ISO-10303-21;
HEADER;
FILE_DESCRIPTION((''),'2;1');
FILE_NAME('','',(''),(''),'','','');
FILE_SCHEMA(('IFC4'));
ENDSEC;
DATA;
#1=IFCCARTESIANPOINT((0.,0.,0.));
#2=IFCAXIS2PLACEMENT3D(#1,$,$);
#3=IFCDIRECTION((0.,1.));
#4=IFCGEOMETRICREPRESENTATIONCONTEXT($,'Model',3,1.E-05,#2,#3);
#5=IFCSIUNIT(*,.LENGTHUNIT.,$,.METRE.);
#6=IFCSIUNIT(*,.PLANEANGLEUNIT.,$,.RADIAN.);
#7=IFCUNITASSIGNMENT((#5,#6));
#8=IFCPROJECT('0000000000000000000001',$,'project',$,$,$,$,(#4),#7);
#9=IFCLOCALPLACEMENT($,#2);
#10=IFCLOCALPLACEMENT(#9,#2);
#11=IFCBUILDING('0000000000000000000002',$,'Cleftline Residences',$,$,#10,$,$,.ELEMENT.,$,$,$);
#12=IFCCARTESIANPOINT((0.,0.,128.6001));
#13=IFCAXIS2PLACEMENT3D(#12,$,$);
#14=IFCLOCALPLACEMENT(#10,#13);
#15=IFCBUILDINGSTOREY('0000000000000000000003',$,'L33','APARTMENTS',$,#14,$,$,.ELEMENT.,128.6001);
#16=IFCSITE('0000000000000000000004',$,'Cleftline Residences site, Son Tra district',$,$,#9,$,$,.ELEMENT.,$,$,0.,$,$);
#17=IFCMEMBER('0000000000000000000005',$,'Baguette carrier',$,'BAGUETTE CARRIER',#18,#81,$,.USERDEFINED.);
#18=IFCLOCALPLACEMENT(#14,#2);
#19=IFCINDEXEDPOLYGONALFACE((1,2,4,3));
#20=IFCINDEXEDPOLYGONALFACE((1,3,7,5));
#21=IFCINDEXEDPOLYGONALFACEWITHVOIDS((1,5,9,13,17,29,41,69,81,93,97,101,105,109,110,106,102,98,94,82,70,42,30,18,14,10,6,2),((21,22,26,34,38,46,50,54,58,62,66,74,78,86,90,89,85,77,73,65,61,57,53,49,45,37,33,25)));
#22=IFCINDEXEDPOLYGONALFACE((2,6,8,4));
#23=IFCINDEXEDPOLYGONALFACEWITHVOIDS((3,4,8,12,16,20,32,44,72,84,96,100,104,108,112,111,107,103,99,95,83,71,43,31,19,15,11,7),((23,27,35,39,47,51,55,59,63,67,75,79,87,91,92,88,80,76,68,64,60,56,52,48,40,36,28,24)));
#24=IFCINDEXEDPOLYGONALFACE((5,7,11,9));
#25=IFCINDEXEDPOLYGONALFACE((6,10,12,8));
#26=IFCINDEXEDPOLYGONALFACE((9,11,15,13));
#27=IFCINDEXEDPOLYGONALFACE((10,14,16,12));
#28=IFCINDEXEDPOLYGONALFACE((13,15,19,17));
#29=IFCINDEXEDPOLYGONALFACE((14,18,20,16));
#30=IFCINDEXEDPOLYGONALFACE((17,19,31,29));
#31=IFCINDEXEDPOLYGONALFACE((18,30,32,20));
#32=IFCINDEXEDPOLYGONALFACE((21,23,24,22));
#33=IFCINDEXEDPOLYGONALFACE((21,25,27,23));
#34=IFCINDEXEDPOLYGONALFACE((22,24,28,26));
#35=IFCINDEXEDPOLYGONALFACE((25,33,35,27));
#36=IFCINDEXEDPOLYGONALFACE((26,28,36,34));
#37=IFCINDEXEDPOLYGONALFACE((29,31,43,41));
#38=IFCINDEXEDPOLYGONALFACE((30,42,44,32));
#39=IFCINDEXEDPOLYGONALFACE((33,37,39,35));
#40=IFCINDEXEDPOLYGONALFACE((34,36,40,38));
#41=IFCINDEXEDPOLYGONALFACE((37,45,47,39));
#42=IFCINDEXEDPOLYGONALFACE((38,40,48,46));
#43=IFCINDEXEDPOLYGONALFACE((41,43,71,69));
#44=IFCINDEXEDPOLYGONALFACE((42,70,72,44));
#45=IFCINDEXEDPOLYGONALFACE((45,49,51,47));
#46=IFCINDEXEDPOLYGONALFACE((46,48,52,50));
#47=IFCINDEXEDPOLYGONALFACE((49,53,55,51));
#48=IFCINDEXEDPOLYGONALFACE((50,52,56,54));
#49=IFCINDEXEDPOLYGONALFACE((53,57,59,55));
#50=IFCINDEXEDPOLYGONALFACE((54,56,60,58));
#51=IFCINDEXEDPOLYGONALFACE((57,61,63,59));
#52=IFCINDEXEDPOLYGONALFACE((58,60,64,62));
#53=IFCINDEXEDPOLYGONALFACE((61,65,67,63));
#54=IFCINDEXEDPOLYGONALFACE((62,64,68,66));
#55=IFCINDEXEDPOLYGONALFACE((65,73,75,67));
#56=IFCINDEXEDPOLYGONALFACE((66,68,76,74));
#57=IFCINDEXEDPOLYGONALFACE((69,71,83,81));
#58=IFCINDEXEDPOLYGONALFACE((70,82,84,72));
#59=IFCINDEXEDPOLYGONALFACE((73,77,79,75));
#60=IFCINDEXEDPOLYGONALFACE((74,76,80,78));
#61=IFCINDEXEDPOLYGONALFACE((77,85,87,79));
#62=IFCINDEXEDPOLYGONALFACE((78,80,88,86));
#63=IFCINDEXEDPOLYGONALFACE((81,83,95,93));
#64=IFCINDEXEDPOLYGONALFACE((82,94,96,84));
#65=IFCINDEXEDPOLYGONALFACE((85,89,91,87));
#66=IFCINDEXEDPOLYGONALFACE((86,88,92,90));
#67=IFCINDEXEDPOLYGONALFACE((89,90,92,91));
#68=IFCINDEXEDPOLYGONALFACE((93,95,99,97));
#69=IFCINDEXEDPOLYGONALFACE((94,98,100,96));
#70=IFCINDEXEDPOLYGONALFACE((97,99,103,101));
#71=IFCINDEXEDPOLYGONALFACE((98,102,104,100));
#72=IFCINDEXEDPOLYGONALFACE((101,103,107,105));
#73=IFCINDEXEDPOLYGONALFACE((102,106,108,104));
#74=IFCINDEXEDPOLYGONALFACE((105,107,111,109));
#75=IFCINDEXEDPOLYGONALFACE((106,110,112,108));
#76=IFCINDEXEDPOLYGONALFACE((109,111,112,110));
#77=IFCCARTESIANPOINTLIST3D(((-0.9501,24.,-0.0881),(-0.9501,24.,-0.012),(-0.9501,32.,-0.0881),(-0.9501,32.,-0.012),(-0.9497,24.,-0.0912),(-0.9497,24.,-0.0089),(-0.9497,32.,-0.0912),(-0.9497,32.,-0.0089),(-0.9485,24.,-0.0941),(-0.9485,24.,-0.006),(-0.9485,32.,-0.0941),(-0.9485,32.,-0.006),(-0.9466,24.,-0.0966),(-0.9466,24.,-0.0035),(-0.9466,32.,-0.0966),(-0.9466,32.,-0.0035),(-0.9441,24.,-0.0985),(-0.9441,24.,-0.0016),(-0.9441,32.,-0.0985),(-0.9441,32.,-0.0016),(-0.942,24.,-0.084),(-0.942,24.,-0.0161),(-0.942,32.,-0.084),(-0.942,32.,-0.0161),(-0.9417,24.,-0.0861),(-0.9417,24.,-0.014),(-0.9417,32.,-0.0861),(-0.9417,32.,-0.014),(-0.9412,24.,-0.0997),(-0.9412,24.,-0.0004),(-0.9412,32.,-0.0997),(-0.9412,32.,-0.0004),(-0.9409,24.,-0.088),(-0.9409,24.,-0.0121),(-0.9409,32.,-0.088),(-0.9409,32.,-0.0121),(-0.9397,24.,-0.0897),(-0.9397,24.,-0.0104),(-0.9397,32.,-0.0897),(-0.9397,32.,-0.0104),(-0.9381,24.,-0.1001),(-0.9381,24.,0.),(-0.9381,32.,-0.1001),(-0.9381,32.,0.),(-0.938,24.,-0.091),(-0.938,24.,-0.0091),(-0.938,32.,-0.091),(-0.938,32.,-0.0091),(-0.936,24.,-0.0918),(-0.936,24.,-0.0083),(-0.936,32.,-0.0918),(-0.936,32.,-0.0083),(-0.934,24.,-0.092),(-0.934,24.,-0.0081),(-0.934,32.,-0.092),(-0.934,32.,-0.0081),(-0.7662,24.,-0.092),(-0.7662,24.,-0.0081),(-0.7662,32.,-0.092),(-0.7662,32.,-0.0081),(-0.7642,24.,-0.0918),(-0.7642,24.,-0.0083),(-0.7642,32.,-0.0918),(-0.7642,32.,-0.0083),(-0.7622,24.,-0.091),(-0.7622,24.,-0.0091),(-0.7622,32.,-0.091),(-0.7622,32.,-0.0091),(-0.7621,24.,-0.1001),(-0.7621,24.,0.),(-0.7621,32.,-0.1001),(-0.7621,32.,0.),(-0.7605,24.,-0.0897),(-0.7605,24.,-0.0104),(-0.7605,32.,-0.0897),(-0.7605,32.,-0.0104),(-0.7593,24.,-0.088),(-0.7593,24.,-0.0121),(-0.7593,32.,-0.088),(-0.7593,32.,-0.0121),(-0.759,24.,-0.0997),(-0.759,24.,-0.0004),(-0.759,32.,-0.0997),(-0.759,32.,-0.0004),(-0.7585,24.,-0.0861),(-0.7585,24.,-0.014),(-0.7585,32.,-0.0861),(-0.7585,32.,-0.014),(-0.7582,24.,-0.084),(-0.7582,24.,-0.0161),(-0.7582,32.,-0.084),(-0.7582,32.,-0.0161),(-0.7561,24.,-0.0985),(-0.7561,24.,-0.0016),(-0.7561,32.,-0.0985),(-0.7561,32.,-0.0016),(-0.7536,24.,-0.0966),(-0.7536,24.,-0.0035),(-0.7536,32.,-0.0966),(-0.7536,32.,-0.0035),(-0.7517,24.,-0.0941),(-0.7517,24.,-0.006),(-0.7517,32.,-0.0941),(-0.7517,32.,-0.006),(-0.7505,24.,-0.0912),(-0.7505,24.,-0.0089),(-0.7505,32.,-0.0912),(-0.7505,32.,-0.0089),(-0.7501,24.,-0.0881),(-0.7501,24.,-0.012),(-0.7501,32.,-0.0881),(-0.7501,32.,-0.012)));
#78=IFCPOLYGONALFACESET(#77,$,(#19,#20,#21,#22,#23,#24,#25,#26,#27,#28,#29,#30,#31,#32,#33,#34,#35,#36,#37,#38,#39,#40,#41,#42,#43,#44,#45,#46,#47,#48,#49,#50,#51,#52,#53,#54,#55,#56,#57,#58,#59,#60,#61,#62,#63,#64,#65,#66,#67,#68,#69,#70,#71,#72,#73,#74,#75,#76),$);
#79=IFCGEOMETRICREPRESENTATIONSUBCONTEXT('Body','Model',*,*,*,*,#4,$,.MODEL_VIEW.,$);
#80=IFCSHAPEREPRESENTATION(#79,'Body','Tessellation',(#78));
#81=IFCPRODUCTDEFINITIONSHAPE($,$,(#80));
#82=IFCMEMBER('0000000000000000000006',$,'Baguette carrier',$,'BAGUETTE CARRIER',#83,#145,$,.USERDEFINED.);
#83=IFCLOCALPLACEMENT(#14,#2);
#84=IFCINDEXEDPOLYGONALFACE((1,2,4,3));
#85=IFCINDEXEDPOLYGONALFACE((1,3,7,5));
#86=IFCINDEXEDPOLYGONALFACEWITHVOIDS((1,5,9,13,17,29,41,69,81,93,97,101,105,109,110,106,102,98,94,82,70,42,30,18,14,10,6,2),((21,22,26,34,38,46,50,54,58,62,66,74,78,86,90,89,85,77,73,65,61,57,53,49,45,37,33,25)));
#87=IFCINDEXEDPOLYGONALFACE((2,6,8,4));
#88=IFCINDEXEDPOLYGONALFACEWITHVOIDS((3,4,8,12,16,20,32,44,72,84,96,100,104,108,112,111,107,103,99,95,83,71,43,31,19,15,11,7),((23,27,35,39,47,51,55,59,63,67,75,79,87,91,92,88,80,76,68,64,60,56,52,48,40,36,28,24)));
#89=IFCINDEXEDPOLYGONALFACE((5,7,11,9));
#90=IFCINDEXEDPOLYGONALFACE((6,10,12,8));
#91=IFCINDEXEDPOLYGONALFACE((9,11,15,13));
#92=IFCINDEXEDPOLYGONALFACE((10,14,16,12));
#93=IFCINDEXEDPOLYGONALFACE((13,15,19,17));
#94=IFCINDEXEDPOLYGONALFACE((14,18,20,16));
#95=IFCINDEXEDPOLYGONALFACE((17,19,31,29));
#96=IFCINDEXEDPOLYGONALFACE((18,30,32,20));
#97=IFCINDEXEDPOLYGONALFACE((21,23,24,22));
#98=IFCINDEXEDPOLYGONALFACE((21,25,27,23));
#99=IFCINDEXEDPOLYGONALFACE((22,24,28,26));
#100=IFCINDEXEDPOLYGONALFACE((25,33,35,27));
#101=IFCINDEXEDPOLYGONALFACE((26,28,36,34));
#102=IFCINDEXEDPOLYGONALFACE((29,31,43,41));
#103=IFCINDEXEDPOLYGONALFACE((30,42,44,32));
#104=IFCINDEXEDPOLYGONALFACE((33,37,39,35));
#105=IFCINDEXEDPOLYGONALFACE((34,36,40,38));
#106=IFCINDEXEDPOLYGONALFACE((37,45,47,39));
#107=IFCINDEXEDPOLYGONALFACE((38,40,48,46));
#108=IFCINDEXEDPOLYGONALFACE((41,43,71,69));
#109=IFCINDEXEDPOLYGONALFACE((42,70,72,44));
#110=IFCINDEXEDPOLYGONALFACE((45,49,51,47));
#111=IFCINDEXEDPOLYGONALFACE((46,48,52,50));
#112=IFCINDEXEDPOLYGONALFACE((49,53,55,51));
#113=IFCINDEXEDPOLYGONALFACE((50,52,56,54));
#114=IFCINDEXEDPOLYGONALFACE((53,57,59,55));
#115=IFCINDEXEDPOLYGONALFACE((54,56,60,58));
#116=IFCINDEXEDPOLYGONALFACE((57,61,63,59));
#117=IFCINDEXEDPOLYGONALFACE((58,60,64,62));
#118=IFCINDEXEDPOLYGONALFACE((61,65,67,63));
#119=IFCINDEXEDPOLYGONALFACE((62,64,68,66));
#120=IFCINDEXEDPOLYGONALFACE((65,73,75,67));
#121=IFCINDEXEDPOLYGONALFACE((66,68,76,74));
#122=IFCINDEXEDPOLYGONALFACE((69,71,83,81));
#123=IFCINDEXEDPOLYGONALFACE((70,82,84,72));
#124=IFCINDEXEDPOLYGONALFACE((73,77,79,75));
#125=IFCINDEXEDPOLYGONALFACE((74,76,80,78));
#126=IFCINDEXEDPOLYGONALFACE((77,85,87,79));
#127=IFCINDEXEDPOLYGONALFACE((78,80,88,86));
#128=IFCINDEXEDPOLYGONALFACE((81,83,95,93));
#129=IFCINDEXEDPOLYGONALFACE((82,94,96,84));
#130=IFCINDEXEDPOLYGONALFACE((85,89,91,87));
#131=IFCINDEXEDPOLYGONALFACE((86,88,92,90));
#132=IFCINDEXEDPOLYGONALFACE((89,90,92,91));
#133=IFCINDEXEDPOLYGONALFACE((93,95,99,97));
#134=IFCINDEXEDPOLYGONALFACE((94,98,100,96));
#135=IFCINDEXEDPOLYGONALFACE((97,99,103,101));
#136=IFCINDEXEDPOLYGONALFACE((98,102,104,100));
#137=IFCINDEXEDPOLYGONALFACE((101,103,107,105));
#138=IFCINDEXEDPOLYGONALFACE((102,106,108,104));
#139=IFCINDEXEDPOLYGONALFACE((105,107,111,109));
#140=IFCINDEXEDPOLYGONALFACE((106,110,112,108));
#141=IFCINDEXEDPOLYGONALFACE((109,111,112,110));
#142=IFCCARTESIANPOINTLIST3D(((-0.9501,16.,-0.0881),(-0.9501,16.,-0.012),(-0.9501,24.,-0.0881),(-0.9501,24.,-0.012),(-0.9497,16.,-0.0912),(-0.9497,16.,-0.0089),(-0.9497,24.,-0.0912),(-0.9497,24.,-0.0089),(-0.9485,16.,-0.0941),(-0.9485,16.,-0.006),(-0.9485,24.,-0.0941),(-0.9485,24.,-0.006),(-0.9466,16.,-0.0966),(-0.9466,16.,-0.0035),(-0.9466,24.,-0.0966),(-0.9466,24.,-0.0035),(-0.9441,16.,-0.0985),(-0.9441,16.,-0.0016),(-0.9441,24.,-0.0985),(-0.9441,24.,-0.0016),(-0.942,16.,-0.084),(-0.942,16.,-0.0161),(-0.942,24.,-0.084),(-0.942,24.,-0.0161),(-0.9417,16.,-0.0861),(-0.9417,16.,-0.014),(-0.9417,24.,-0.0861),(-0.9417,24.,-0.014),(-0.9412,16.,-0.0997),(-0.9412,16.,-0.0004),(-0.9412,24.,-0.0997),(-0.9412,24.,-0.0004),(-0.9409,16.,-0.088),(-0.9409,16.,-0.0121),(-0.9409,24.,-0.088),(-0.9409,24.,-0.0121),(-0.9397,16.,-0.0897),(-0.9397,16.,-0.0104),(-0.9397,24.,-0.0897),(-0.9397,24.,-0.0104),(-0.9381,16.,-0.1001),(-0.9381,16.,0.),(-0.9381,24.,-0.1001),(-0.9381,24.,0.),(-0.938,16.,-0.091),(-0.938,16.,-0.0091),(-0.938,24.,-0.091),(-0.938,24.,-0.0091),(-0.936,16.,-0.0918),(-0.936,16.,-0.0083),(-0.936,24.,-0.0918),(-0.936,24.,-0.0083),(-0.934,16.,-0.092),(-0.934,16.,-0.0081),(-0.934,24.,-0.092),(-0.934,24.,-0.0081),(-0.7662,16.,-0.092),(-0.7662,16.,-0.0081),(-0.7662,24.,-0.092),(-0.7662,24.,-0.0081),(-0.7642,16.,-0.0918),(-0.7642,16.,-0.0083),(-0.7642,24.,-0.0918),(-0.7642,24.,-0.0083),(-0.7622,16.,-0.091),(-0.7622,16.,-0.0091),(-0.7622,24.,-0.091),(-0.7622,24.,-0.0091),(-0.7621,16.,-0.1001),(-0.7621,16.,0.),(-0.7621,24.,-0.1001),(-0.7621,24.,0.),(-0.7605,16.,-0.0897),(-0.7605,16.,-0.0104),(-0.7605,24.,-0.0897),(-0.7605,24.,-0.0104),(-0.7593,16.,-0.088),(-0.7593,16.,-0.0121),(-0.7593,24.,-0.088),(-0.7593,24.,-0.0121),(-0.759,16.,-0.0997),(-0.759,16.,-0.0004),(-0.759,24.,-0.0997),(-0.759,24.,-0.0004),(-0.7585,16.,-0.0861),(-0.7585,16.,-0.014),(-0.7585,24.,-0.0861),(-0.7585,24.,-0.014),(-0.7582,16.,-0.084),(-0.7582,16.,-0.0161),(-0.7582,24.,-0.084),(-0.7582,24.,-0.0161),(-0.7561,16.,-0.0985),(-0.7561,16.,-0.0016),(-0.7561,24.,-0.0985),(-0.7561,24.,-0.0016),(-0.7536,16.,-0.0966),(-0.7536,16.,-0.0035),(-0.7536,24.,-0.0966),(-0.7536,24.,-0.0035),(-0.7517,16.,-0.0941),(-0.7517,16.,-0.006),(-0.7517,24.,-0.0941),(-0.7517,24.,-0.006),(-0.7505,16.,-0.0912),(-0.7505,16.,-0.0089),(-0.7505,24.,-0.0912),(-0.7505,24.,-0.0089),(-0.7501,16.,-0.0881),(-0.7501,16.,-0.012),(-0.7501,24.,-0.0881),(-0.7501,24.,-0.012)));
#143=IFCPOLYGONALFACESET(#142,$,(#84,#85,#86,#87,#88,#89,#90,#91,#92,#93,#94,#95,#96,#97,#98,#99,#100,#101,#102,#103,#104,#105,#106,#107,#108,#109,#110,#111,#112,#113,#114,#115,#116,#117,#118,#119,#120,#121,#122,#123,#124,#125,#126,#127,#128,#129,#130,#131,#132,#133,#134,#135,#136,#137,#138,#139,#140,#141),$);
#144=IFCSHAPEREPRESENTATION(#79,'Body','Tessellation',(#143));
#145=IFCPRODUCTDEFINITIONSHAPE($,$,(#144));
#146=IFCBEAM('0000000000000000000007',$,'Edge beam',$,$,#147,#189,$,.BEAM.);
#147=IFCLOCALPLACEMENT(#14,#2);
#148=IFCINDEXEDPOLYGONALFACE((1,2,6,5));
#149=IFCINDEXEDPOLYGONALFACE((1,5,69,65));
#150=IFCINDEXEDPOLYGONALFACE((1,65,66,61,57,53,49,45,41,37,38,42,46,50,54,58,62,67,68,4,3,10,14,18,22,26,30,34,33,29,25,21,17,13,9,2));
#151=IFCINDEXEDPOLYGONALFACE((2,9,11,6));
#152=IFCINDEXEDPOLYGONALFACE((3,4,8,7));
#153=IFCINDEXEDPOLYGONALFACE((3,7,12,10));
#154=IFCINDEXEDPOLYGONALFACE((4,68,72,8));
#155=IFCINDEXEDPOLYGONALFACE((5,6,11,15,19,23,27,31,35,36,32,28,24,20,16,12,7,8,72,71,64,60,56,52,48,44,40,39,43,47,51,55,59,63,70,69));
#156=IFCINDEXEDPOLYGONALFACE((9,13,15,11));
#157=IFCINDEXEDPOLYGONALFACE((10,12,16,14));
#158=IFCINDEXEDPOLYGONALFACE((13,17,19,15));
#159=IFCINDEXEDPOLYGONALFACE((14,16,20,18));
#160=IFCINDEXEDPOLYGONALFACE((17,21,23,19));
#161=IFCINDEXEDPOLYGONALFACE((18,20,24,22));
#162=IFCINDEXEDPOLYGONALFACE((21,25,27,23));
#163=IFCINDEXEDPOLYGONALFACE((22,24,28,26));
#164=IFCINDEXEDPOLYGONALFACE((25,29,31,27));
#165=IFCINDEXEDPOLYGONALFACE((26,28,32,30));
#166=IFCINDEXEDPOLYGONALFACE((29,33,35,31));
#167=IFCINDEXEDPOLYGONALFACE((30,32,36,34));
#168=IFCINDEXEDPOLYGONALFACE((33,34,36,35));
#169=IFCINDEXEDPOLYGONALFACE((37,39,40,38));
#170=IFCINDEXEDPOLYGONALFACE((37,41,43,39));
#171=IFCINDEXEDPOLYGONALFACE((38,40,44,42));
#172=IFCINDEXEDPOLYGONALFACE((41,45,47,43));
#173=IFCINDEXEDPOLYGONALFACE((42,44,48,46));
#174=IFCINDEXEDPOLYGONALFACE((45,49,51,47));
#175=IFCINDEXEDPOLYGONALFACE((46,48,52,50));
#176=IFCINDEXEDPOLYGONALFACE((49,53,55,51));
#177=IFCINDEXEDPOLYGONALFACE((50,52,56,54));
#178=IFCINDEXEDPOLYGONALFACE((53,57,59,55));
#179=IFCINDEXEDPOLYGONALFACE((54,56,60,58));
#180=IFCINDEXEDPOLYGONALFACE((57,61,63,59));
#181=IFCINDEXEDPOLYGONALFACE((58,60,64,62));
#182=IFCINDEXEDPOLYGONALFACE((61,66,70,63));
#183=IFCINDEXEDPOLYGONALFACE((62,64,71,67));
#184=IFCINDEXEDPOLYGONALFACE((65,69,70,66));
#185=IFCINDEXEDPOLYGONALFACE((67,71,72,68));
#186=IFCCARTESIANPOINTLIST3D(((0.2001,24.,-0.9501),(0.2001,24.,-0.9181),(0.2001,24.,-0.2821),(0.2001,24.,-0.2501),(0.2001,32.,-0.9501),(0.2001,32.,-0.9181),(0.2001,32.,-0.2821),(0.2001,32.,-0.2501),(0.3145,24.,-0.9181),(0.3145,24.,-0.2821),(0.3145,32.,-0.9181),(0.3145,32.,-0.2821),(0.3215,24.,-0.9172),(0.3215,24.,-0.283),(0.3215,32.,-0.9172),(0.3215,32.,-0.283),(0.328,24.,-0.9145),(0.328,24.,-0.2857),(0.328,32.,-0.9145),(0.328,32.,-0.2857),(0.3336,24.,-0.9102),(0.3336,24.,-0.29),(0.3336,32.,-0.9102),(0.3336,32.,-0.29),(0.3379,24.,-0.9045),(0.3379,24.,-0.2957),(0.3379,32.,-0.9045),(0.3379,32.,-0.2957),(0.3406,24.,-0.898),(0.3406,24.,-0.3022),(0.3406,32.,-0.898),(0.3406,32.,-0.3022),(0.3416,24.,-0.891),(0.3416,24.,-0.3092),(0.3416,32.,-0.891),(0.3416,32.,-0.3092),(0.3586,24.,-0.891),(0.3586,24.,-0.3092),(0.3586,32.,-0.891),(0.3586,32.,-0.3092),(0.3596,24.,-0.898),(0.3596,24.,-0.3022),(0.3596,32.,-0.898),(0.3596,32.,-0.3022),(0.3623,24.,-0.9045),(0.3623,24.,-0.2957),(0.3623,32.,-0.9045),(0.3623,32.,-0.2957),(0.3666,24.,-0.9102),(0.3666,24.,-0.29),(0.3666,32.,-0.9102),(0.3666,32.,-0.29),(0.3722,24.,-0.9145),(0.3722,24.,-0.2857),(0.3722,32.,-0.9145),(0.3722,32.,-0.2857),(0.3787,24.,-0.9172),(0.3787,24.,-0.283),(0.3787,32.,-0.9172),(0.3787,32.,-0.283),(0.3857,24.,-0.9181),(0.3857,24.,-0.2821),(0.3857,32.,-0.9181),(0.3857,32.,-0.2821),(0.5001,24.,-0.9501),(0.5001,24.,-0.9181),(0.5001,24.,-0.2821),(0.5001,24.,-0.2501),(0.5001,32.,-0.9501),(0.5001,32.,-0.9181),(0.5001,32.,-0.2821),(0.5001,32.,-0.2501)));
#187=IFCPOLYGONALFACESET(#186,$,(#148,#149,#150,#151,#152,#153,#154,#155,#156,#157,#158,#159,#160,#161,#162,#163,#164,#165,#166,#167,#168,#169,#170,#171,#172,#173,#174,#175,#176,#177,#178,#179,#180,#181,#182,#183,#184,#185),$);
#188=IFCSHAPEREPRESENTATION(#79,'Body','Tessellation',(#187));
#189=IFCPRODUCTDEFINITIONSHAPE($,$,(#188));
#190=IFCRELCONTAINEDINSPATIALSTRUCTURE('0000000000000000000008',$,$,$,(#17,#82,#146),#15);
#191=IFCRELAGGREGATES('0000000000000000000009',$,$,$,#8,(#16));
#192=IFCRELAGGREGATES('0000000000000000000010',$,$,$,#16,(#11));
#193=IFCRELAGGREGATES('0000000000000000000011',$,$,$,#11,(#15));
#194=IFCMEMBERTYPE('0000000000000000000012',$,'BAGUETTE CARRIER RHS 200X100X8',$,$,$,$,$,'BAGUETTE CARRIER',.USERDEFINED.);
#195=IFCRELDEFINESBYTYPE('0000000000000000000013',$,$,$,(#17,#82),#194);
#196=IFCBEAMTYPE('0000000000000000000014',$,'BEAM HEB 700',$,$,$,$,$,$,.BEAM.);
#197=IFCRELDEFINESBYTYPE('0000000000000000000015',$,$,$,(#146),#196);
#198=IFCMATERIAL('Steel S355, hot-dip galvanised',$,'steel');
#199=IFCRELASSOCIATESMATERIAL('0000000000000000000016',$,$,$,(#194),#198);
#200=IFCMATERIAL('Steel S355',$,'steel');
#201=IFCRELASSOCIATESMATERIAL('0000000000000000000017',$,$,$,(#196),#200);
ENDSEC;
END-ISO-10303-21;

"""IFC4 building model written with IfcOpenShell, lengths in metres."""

from ifc_helpers import new_model, si_unit, direction, frame, origin, origin_2d, place, context, subcontext, project, spatial, hollow_rectangle, i_section, extrude, material, material_profile, profile_set, type_object, element, save


model = new_model("IFC4")

# Units and contexts
model_context = context("Model", 3, precision=1e-05, world=origin(), true_north=direction((0.0, 1.0)))
body_context = subcontext(model_context, "Body", "Model", "MODEL_VIEW")
ifc_project = project(units=[si_unit("LENGTHUNIT", "METRE"), si_unit("PLANEANGLEUNIT", "RADIAN")], contexts=[model_context])

# Site, building, storey
site_placement = place(None, origin())
site = spatial("IfcSite", under=ifc_project, at=site_placement, Name="Cleftline Residences site, Son Tra district", CompositionType="ELEMENT", RefElevation=0.0)
building_placement = place(site_placement, origin())
building = spatial("IfcBuilding", under=site, at=building_placement, Name="Cleftline Residences", CompositionType="ELEMENT")
storey_placement = place(building_placement, frame((0.0, 0.0, 128.6001)))
storey = spatial("IfcBuildingStorey", under=building, at=storey_placement, Name="L33", Description="APARTMENTS", CompositionType="ELEMENT", Elevation=128.6001)

# Members
ifc_material_1 = material(Name="Steel S355, hot-dip galvanised", Category="steel")
ifc_material_profile_1 = material_profile(ifc_material_1, hollow_rectangle(XDim=0.1001, YDim=0.2, WallThickness=0.0081, InnerFilletRadius=0.0081, OuterFilletRadius=0.012, at=origin_2d()))
ifc_profile_set_1 = profile_set([ifc_material_profile_1], Name="Steel S355, hot-dip galvanised")
member_type_1 = type_object("IfcMemberType", Name="BAGUETTE CARRIER RHS 200X100X8", ElementType="BAGUETTE CARRIER", PredefinedType="USERDEFINED", material=ifc_profile_set_1)
for number, where, z_axis, x_axis, name in (
    (1, (-0.8501, 32.0, -0.05), (0.0, -1.0, 0.0), (0.0, 0.0, 1.0), "Baguette carrier"),
    (2, (-0.8501, 24.0, -0.05), (0.0, -1.0, 0.0), (0.0, 0.0, 1.0), "Baguette carrier"),
):
    element("IfcMember", number, at=place(storey_placement, frame(where, z_axis=z_axis, x_axis=x_axis)), inside=storey, type_object=member_type_1, Name=name, ObjectType="BAGUETTE CARRIER", PredefinedType="USERDEFINED", context=body_context, shape_type="SweptSolid", body=[
        extrude(hollow_rectangle(XDim=0.1001, YDim=0.2, WallThickness=0.0081, InnerFilletRadius=0.0081, OuterFilletRadius=0.012, at=origin_2d()), origin(), (0.0, 0.0, 1.0), 8.0),
    ])

# Beam
ifc_material_2 = material(Name="Steel S355", Category="steel")
ifc_material_profile_2 = material_profile(ifc_material_2, i_section(OverallWidth=0.3, OverallDepth=0.7, WebThickness=0.0171, FlangeThickness=0.032, FilletRadius=0.0271, at=origin_2d()))
ifc_profile_set_2 = profile_set([ifc_material_profile_2], Name="Steel S355")
beam_type_1 = type_object("IfcBeamType", Name="BEAM HEB 700", PredefinedType="BEAM", material=ifc_profile_set_2)
for number, where, z_axis, x_axis, name in (
    (3, (0.3501, 24.0, -0.6001), (0.0, 1.0, 0.0), (-1.0, 0.0, 0.0), "Edge beam"),
):
    element("IfcBeam", number, at=place(storey_placement, frame(where, z_axis=z_axis, x_axis=x_axis)), inside=storey, type_object=beam_type_1, Name=name, PredefinedType="BEAM", context=body_context, shape_type="SweptSolid", body=[
        extrude(i_section(OverallWidth=0.3, OverallDepth=0.7, WebThickness=0.0171, FlangeThickness=0.032, FilletRadius=0.0271, at=origin_2d()), origin(), (0.0, 0.0, 1.0), 8.0),
    ])

save(model, "model.ifc")
